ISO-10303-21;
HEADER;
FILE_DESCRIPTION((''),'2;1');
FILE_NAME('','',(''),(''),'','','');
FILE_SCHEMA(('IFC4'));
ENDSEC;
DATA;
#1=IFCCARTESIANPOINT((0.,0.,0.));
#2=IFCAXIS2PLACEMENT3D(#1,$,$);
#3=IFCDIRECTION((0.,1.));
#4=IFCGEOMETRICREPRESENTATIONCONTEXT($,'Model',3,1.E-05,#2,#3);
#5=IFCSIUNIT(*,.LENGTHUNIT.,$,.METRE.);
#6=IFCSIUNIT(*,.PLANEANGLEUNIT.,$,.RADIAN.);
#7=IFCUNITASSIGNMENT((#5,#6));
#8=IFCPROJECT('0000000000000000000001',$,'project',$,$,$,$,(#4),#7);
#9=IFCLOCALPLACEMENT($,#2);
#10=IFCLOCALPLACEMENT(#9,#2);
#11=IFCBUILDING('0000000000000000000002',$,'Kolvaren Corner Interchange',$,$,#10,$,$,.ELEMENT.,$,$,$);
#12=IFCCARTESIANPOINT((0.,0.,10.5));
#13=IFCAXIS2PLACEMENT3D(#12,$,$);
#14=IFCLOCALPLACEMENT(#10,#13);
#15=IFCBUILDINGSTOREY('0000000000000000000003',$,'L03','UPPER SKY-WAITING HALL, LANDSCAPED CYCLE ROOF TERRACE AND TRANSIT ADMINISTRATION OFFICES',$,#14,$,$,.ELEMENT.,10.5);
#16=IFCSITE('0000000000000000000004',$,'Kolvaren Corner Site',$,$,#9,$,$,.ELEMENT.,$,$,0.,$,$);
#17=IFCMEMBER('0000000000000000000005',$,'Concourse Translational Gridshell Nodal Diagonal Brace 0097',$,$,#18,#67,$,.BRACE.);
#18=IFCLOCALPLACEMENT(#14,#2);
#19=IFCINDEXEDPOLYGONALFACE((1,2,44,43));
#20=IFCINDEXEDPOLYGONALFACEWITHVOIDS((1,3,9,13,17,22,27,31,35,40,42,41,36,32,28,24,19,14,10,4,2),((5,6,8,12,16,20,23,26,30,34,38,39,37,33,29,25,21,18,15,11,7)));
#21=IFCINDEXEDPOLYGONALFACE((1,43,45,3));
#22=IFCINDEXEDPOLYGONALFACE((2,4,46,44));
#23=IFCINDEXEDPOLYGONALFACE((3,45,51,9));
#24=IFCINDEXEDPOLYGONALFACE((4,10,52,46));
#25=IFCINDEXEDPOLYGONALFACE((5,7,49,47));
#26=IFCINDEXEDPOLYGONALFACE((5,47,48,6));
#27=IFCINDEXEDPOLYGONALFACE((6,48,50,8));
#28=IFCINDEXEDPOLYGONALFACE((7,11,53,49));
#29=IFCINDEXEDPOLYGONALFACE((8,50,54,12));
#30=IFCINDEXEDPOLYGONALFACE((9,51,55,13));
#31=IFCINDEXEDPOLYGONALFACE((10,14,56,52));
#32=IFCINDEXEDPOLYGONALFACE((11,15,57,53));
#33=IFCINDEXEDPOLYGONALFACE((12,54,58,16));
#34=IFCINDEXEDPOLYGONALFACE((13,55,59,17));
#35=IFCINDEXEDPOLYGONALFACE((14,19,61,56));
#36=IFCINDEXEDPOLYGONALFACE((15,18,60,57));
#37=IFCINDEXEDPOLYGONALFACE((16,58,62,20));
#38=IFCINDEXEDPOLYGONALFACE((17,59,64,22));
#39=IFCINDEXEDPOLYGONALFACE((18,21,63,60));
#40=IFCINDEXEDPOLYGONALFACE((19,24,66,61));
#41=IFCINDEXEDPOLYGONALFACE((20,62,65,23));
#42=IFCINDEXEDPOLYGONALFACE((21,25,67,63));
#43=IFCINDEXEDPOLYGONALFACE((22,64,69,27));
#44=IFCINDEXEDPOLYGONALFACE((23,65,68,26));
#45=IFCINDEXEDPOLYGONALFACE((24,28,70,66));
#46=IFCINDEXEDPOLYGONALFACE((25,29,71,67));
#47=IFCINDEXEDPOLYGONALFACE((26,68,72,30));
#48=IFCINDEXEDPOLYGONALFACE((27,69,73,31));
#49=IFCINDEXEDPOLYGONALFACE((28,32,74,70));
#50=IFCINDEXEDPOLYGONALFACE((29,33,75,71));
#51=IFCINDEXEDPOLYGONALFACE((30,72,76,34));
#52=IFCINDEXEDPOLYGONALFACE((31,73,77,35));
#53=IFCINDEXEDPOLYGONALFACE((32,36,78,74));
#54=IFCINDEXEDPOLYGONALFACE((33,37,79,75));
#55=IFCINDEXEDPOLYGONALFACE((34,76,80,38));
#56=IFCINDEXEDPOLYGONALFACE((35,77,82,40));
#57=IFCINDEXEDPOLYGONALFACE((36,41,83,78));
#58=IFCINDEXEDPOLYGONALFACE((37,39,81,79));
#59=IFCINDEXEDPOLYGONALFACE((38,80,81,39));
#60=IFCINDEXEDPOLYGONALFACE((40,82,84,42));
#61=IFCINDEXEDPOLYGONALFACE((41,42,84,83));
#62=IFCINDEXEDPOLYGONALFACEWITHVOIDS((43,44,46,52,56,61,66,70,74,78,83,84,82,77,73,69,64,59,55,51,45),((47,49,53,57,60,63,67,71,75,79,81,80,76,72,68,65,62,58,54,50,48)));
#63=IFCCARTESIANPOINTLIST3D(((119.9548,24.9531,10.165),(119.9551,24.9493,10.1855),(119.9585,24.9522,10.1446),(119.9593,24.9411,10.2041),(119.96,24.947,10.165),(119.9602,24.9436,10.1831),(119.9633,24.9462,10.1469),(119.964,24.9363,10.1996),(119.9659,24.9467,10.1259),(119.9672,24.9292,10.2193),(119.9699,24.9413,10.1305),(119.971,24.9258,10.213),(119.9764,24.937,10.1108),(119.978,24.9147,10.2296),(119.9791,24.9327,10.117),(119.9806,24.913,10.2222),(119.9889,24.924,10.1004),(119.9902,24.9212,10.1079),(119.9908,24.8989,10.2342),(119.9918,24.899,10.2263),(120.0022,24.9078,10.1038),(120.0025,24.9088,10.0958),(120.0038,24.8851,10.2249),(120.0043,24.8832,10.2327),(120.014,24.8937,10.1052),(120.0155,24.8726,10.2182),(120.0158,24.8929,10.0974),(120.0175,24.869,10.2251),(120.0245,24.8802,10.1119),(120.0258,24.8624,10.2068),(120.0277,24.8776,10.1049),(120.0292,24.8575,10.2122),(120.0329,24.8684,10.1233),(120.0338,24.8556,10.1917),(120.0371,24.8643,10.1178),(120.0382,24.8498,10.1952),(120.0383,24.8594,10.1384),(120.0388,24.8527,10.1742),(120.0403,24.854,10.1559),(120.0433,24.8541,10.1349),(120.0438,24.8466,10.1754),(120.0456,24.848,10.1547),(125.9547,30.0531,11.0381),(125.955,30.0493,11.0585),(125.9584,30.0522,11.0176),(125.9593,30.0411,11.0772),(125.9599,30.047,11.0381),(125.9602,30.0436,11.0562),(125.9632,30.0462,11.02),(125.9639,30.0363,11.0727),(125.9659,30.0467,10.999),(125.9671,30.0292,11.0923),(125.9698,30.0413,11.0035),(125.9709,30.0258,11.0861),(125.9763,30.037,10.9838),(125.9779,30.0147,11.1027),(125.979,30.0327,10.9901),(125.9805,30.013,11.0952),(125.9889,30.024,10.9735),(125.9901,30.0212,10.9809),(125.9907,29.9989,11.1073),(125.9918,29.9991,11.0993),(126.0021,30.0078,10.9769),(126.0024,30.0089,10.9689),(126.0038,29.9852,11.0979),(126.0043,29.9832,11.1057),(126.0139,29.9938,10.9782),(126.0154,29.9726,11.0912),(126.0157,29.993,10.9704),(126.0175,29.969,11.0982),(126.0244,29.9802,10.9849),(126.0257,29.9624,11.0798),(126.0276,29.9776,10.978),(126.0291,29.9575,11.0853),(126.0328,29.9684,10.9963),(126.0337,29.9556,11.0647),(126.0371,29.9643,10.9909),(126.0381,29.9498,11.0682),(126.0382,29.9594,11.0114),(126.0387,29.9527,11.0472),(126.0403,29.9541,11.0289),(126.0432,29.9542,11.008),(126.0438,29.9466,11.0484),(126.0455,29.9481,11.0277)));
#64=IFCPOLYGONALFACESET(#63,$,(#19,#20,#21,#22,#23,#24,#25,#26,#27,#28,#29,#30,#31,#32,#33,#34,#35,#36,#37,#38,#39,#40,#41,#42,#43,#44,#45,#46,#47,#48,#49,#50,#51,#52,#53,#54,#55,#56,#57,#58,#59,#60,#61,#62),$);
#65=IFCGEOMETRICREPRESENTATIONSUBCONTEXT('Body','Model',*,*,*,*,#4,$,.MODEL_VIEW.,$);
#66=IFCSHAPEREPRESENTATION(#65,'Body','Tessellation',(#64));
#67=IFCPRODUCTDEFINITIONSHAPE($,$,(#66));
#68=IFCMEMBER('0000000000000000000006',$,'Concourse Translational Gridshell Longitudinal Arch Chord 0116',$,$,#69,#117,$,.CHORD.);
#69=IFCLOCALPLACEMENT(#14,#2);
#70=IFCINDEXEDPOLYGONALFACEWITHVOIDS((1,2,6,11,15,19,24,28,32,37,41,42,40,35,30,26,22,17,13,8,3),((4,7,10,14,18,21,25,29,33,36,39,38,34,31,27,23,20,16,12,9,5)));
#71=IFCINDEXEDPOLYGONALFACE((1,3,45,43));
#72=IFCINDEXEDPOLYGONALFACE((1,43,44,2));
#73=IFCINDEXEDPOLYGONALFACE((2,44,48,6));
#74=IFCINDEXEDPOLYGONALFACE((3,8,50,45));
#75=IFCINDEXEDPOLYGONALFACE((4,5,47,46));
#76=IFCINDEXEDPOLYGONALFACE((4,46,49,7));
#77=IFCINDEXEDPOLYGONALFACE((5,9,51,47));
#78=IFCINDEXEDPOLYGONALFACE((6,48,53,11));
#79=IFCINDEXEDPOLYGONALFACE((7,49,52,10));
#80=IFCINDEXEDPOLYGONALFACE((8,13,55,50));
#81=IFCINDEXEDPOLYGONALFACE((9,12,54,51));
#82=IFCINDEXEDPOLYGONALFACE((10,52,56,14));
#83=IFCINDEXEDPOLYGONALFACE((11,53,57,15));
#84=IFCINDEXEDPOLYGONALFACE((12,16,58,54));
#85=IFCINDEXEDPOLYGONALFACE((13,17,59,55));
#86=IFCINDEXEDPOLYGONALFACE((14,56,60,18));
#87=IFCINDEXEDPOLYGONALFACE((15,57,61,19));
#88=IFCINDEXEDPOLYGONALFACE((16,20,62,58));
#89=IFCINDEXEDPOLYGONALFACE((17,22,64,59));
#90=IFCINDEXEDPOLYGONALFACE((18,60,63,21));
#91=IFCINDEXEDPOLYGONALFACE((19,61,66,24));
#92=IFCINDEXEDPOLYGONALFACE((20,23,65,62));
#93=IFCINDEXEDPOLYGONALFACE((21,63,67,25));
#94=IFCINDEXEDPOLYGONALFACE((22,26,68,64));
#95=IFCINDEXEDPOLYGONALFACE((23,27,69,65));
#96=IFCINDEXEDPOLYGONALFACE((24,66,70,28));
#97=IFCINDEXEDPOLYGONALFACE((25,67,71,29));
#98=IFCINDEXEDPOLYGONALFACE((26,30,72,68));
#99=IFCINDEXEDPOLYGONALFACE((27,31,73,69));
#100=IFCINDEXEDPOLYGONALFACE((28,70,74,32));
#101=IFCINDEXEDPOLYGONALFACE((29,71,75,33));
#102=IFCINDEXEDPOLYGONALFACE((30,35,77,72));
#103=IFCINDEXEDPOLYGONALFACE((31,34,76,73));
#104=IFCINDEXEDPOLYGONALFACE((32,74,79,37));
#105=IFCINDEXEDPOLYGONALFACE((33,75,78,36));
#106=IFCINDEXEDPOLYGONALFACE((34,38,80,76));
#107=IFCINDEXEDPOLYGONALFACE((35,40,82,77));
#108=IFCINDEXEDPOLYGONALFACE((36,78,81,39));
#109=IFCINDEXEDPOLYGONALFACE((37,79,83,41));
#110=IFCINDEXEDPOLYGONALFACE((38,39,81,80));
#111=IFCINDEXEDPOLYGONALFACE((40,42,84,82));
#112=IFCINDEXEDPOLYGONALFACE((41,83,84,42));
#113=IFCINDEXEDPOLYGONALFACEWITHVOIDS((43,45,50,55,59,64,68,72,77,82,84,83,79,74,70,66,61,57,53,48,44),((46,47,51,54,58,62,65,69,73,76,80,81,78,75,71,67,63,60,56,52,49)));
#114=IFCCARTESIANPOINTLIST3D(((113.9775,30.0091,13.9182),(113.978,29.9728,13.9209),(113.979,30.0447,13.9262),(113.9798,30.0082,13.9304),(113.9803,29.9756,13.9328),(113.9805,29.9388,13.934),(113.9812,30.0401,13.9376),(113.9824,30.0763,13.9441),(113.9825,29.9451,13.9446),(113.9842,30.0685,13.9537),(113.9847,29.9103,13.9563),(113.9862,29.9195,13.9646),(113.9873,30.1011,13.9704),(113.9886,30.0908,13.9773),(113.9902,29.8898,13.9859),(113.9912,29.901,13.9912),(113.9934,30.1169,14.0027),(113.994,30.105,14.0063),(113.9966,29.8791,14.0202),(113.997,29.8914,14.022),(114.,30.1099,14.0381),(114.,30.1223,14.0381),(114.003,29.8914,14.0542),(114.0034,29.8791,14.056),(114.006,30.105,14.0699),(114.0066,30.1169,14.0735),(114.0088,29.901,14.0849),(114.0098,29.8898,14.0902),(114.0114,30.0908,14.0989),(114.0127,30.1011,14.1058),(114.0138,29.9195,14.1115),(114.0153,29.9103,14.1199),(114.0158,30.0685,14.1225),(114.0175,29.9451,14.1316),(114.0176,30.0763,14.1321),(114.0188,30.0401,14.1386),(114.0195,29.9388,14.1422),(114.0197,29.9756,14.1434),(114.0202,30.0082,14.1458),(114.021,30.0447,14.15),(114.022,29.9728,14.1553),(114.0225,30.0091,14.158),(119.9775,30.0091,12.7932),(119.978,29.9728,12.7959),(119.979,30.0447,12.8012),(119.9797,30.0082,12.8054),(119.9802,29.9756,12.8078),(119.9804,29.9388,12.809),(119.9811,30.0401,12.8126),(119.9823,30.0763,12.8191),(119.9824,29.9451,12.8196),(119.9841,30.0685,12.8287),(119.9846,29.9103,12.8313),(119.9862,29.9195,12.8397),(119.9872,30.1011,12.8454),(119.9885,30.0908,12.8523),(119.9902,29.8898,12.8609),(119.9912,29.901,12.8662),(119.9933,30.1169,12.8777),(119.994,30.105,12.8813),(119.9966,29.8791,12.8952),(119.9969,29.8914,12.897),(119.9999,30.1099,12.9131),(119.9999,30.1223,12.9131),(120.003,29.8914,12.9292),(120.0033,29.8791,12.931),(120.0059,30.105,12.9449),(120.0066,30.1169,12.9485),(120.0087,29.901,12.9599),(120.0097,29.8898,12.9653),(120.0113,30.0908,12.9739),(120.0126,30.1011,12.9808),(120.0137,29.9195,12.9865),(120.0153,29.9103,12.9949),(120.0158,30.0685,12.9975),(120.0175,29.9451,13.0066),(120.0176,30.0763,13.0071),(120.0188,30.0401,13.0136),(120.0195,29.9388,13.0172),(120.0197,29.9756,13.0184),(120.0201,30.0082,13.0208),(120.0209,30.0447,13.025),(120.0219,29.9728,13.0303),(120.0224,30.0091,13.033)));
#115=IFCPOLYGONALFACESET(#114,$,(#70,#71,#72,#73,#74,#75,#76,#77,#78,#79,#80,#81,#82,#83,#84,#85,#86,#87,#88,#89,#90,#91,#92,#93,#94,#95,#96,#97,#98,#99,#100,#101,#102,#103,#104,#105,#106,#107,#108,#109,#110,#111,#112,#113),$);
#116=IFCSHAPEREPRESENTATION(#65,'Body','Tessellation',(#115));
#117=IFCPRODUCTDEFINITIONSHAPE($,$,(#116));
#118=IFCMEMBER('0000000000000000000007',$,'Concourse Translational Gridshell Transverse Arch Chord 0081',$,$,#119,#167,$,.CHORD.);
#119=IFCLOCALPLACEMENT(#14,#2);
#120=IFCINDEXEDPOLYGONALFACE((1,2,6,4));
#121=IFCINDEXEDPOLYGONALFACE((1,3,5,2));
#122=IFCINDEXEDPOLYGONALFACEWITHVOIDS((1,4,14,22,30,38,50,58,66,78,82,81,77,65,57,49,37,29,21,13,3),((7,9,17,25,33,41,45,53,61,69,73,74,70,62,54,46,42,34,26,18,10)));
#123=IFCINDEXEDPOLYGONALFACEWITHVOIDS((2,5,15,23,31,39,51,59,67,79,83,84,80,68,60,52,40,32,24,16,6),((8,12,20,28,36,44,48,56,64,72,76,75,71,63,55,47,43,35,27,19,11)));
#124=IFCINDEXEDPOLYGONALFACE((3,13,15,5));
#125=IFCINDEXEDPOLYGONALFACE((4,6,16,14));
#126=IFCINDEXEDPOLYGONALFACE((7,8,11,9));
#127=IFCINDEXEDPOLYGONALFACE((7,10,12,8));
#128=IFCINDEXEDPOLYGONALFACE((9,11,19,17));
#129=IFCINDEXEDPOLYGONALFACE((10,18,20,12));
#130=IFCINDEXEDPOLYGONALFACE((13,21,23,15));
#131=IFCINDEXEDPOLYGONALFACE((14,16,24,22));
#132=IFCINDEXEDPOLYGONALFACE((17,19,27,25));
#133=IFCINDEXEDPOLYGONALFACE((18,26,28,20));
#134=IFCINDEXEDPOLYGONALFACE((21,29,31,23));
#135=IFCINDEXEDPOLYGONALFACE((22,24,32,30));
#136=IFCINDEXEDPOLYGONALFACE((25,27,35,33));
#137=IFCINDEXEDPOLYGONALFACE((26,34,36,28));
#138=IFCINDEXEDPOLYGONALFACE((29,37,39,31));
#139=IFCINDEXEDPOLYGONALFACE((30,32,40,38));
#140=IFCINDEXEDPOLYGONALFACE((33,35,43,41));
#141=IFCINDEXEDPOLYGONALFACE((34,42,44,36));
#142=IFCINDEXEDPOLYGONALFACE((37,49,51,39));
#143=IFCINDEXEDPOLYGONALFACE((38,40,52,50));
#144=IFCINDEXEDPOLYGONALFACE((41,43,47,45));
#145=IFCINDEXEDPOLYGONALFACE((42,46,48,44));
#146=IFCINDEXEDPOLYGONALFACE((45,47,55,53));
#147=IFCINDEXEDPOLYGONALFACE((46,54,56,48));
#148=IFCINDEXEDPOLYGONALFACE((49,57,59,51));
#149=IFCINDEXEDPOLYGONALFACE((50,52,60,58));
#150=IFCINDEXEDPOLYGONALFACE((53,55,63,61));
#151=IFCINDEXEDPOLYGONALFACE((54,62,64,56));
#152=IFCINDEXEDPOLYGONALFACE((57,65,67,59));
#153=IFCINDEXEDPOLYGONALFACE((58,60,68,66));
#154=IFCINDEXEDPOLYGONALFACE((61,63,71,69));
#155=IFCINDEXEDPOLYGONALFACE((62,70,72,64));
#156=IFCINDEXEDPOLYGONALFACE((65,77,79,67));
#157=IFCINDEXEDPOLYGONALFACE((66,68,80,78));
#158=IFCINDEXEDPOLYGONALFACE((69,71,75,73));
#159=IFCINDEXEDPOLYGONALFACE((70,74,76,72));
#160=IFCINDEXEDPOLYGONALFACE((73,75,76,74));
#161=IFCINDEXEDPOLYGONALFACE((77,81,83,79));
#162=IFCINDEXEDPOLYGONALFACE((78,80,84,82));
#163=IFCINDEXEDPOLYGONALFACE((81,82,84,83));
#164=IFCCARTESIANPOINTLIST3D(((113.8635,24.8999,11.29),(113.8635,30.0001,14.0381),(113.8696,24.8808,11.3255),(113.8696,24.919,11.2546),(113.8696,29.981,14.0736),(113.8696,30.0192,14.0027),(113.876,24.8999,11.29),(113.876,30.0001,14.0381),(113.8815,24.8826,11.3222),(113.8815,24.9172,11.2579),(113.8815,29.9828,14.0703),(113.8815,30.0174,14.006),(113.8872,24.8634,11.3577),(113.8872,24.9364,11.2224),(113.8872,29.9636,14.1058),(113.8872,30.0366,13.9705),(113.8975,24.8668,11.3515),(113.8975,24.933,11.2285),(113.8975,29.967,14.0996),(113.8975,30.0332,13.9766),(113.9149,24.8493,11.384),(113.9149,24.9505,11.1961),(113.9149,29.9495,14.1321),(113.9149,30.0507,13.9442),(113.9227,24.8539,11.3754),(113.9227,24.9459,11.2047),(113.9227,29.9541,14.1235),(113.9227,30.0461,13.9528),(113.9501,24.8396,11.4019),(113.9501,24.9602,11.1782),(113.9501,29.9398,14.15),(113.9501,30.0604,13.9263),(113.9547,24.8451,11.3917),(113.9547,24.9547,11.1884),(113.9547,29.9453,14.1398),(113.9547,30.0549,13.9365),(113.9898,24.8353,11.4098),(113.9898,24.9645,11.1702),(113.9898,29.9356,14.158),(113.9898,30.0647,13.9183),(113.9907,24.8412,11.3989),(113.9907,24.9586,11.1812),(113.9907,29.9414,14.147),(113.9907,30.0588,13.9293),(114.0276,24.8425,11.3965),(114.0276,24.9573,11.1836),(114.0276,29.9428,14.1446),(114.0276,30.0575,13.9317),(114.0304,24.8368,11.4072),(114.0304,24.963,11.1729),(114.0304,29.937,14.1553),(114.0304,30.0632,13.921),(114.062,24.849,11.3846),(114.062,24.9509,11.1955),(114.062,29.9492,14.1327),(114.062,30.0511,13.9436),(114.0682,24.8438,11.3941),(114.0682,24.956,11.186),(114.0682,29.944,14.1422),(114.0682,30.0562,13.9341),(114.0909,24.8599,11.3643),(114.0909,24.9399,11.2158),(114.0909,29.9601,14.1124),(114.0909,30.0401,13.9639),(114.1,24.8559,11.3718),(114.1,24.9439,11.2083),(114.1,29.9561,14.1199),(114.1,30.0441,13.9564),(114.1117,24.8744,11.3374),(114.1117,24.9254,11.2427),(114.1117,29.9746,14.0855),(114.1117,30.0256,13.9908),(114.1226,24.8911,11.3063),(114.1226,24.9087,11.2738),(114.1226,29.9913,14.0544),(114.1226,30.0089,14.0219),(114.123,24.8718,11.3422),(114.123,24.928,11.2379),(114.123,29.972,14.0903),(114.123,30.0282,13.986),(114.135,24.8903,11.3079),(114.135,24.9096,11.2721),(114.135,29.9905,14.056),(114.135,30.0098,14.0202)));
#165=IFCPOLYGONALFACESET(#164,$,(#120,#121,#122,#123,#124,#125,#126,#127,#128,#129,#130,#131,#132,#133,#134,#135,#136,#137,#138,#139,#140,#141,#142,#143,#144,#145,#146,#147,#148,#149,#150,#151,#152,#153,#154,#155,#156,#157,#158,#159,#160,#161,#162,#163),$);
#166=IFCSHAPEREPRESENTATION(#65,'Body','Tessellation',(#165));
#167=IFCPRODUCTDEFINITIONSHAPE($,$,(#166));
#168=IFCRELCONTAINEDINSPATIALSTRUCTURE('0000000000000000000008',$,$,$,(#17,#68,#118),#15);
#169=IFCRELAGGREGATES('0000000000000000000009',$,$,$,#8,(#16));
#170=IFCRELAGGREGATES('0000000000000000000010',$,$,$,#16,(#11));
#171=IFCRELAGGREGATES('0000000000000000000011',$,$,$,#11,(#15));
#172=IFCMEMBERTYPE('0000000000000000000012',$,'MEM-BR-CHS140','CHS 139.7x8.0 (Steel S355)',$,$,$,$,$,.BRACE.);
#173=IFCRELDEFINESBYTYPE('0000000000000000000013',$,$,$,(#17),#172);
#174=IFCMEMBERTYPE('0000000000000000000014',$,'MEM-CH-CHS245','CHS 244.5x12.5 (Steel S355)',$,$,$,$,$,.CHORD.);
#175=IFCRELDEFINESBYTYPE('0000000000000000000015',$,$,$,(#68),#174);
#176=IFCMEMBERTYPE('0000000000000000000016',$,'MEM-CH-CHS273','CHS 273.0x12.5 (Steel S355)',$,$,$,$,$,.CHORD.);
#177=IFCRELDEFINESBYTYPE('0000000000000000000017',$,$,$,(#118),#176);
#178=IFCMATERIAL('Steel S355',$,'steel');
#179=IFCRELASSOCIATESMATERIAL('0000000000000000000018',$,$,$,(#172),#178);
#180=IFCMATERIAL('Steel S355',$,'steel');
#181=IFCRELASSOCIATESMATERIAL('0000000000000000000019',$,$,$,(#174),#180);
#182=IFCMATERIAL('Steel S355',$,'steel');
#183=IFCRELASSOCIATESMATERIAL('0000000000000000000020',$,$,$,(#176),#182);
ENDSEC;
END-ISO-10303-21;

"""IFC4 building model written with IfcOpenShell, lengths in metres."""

from ifc_helpers import new_model, si_unit, direction, frame, origin, origin_2d, place, context, subcontext, project, spatial, hollow_circle, extrude, material, material_profile, profile_set, type_object, element, save


model = new_model("IFC4")

# Units and contexts
model_context = context("Model", 3, precision=1e-05, world=origin(), true_north=direction((0.0, 1.0)))
body_context = subcontext(model_context, "Body", "Model", "MODEL_VIEW")
ifc_project = project(units=[si_unit("LENGTHUNIT", "METRE"), si_unit("PLANEANGLEUNIT", "RADIAN")], contexts=[model_context])

# Site, building, storey
site_placement = place(None, origin())
site = spatial("IfcSite", under=ifc_project, at=site_placement, Name="Kolvaren Corner Site", CompositionType="ELEMENT", RefElevation=0.0)
building_placement = place(site_placement, origin())
building = spatial("IfcBuilding", under=site, at=building_placement, Name="Kolvaren Corner Interchange", CompositionType="ELEMENT")
storey_placement = place(building_placement, frame((0.0, 0.0, 10.5)))
storey = spatial("IfcBuildingStorey", under=building, at=storey_placement, Name="L03", Description="UPPER SKY-WAITING HALL, LANDSCAPED CYCLE ROOF TERRACE AND TRANSIT ADMINISTRATION OFFICES", CompositionType="ELEMENT", Elevation=10.5)

# Members
ifc_material_1 = material(Name="Steel S355", Category="steel")
ifc_material_profile_1 = material_profile(ifc_material_1, hollow_circle(Radius=0.0698, WallThickness=0.0081, at=origin_2d()), Name="CHS 139.7x8.0")
ifc_profile_set_1 = profile_set([ifc_material_profile_1], Name="Steel S355")
member_type_1 = type_object("IfcMemberType", Name="MEM-BR-CHS140", Description="CHS 139.7x8.0 (Steel S355)", PredefinedType="BRACE", material=ifc_profile_set_1)
member_1_placement = place(storey_placement, frame((120.0, 24.8999, 10.165), z_axis=(0.757293, 0.643712, 0.110192), x_axis=(-0.647656, 0.761933, 0.0)))
element("IfcMember", 1, at=member_1_placement, inside=storey, type_object=member_type_1, Name="Concourse Translational Gridshell Nodal Diagonal Brace 0097", PredefinedType="BRACE", context=body_context, shape_type="SweptSolid", body=[
    extrude(hollow_circle(Radius=0.0698, WallThickness=0.0081, at=origin_2d()), origin(), (0.0, 0.0, 1.0), 7.9229),
])
ifc_material_2 = material(Name="Steel S355", Category="steel")
ifc_material_profile_2 = material_profile(ifc_material_2, hollow_circle(Radius=0.1223, WallThickness=0.0125, at=origin_2d()), Name="CHS 244.5x12.5")
ifc_profile_set_2 = profile_set([ifc_material_profile_2], Name="Steel S355")
member_type_2 = type_object("IfcMemberType", Name="MEM-CH-CHS245", Description="CHS 244.5x12.5 (Steel S355)", PredefinedType="CHORD", material=ifc_profile_set_2)
member_2_placement = place(storey_placement, frame((114.0, 30.0, 14.0381), z_axis=(0.982872, 0.0, -0.184289), x_axis=(0.0, 1.0, 0.0)))
element("IfcMember", 2, at=member_2_placement, inside=storey, type_object=member_type_2, Name="Concourse Translational Gridshell Longitudinal Arch Chord 0116", PredefinedType="CHORD", context=body_context, shape_type="SweptSolid", body=[
    extrude(hollow_circle(Radius=0.1223, WallThickness=0.0125, at=origin_2d()), origin(), (0.0, 0.0, 1.0), 6.1045),
])
ifc_material_3 = material(Name="Steel S355", Category="steel")
ifc_material_profile_3 = material_profile(ifc_material_3, hollow_circle(Radius=0.1365, WallThickness=0.0125, at=origin_2d()), Name="CHS 273.0x12.5")
ifc_profile_set_3 = profile_set([ifc_material_profile_3], Name="Steel S355")
member_type_3 = type_object("IfcMemberType", Name="MEM-CH-CHS273", Description="CHS 273.0x12.5 (Steel S355)", PredefinedType="CHORD", material=ifc_profile_set_3)
member_3_placement = place(storey_placement, frame((114.0, 24.8999, 11.29), z_axis=(0.0, 0.880338, 0.474346), x_axis=(-1.0, 0.0, 0.0)))
element("IfcMember", 3, at=member_3_placement, inside=storey, type_object=member_type_3, Name="Concourse Translational Gridshell Transverse Arch Chord 0081", PredefinedType="CHORD", context=body_context, shape_type="SweptSolid", body=[
    extrude(hollow_circle(Radius=0.1365, WallThickness=0.0125, at=origin_2d()), origin(), (0.0, 0.0, 1.0), 5.7935),
])

save(model, "model.ifc")
